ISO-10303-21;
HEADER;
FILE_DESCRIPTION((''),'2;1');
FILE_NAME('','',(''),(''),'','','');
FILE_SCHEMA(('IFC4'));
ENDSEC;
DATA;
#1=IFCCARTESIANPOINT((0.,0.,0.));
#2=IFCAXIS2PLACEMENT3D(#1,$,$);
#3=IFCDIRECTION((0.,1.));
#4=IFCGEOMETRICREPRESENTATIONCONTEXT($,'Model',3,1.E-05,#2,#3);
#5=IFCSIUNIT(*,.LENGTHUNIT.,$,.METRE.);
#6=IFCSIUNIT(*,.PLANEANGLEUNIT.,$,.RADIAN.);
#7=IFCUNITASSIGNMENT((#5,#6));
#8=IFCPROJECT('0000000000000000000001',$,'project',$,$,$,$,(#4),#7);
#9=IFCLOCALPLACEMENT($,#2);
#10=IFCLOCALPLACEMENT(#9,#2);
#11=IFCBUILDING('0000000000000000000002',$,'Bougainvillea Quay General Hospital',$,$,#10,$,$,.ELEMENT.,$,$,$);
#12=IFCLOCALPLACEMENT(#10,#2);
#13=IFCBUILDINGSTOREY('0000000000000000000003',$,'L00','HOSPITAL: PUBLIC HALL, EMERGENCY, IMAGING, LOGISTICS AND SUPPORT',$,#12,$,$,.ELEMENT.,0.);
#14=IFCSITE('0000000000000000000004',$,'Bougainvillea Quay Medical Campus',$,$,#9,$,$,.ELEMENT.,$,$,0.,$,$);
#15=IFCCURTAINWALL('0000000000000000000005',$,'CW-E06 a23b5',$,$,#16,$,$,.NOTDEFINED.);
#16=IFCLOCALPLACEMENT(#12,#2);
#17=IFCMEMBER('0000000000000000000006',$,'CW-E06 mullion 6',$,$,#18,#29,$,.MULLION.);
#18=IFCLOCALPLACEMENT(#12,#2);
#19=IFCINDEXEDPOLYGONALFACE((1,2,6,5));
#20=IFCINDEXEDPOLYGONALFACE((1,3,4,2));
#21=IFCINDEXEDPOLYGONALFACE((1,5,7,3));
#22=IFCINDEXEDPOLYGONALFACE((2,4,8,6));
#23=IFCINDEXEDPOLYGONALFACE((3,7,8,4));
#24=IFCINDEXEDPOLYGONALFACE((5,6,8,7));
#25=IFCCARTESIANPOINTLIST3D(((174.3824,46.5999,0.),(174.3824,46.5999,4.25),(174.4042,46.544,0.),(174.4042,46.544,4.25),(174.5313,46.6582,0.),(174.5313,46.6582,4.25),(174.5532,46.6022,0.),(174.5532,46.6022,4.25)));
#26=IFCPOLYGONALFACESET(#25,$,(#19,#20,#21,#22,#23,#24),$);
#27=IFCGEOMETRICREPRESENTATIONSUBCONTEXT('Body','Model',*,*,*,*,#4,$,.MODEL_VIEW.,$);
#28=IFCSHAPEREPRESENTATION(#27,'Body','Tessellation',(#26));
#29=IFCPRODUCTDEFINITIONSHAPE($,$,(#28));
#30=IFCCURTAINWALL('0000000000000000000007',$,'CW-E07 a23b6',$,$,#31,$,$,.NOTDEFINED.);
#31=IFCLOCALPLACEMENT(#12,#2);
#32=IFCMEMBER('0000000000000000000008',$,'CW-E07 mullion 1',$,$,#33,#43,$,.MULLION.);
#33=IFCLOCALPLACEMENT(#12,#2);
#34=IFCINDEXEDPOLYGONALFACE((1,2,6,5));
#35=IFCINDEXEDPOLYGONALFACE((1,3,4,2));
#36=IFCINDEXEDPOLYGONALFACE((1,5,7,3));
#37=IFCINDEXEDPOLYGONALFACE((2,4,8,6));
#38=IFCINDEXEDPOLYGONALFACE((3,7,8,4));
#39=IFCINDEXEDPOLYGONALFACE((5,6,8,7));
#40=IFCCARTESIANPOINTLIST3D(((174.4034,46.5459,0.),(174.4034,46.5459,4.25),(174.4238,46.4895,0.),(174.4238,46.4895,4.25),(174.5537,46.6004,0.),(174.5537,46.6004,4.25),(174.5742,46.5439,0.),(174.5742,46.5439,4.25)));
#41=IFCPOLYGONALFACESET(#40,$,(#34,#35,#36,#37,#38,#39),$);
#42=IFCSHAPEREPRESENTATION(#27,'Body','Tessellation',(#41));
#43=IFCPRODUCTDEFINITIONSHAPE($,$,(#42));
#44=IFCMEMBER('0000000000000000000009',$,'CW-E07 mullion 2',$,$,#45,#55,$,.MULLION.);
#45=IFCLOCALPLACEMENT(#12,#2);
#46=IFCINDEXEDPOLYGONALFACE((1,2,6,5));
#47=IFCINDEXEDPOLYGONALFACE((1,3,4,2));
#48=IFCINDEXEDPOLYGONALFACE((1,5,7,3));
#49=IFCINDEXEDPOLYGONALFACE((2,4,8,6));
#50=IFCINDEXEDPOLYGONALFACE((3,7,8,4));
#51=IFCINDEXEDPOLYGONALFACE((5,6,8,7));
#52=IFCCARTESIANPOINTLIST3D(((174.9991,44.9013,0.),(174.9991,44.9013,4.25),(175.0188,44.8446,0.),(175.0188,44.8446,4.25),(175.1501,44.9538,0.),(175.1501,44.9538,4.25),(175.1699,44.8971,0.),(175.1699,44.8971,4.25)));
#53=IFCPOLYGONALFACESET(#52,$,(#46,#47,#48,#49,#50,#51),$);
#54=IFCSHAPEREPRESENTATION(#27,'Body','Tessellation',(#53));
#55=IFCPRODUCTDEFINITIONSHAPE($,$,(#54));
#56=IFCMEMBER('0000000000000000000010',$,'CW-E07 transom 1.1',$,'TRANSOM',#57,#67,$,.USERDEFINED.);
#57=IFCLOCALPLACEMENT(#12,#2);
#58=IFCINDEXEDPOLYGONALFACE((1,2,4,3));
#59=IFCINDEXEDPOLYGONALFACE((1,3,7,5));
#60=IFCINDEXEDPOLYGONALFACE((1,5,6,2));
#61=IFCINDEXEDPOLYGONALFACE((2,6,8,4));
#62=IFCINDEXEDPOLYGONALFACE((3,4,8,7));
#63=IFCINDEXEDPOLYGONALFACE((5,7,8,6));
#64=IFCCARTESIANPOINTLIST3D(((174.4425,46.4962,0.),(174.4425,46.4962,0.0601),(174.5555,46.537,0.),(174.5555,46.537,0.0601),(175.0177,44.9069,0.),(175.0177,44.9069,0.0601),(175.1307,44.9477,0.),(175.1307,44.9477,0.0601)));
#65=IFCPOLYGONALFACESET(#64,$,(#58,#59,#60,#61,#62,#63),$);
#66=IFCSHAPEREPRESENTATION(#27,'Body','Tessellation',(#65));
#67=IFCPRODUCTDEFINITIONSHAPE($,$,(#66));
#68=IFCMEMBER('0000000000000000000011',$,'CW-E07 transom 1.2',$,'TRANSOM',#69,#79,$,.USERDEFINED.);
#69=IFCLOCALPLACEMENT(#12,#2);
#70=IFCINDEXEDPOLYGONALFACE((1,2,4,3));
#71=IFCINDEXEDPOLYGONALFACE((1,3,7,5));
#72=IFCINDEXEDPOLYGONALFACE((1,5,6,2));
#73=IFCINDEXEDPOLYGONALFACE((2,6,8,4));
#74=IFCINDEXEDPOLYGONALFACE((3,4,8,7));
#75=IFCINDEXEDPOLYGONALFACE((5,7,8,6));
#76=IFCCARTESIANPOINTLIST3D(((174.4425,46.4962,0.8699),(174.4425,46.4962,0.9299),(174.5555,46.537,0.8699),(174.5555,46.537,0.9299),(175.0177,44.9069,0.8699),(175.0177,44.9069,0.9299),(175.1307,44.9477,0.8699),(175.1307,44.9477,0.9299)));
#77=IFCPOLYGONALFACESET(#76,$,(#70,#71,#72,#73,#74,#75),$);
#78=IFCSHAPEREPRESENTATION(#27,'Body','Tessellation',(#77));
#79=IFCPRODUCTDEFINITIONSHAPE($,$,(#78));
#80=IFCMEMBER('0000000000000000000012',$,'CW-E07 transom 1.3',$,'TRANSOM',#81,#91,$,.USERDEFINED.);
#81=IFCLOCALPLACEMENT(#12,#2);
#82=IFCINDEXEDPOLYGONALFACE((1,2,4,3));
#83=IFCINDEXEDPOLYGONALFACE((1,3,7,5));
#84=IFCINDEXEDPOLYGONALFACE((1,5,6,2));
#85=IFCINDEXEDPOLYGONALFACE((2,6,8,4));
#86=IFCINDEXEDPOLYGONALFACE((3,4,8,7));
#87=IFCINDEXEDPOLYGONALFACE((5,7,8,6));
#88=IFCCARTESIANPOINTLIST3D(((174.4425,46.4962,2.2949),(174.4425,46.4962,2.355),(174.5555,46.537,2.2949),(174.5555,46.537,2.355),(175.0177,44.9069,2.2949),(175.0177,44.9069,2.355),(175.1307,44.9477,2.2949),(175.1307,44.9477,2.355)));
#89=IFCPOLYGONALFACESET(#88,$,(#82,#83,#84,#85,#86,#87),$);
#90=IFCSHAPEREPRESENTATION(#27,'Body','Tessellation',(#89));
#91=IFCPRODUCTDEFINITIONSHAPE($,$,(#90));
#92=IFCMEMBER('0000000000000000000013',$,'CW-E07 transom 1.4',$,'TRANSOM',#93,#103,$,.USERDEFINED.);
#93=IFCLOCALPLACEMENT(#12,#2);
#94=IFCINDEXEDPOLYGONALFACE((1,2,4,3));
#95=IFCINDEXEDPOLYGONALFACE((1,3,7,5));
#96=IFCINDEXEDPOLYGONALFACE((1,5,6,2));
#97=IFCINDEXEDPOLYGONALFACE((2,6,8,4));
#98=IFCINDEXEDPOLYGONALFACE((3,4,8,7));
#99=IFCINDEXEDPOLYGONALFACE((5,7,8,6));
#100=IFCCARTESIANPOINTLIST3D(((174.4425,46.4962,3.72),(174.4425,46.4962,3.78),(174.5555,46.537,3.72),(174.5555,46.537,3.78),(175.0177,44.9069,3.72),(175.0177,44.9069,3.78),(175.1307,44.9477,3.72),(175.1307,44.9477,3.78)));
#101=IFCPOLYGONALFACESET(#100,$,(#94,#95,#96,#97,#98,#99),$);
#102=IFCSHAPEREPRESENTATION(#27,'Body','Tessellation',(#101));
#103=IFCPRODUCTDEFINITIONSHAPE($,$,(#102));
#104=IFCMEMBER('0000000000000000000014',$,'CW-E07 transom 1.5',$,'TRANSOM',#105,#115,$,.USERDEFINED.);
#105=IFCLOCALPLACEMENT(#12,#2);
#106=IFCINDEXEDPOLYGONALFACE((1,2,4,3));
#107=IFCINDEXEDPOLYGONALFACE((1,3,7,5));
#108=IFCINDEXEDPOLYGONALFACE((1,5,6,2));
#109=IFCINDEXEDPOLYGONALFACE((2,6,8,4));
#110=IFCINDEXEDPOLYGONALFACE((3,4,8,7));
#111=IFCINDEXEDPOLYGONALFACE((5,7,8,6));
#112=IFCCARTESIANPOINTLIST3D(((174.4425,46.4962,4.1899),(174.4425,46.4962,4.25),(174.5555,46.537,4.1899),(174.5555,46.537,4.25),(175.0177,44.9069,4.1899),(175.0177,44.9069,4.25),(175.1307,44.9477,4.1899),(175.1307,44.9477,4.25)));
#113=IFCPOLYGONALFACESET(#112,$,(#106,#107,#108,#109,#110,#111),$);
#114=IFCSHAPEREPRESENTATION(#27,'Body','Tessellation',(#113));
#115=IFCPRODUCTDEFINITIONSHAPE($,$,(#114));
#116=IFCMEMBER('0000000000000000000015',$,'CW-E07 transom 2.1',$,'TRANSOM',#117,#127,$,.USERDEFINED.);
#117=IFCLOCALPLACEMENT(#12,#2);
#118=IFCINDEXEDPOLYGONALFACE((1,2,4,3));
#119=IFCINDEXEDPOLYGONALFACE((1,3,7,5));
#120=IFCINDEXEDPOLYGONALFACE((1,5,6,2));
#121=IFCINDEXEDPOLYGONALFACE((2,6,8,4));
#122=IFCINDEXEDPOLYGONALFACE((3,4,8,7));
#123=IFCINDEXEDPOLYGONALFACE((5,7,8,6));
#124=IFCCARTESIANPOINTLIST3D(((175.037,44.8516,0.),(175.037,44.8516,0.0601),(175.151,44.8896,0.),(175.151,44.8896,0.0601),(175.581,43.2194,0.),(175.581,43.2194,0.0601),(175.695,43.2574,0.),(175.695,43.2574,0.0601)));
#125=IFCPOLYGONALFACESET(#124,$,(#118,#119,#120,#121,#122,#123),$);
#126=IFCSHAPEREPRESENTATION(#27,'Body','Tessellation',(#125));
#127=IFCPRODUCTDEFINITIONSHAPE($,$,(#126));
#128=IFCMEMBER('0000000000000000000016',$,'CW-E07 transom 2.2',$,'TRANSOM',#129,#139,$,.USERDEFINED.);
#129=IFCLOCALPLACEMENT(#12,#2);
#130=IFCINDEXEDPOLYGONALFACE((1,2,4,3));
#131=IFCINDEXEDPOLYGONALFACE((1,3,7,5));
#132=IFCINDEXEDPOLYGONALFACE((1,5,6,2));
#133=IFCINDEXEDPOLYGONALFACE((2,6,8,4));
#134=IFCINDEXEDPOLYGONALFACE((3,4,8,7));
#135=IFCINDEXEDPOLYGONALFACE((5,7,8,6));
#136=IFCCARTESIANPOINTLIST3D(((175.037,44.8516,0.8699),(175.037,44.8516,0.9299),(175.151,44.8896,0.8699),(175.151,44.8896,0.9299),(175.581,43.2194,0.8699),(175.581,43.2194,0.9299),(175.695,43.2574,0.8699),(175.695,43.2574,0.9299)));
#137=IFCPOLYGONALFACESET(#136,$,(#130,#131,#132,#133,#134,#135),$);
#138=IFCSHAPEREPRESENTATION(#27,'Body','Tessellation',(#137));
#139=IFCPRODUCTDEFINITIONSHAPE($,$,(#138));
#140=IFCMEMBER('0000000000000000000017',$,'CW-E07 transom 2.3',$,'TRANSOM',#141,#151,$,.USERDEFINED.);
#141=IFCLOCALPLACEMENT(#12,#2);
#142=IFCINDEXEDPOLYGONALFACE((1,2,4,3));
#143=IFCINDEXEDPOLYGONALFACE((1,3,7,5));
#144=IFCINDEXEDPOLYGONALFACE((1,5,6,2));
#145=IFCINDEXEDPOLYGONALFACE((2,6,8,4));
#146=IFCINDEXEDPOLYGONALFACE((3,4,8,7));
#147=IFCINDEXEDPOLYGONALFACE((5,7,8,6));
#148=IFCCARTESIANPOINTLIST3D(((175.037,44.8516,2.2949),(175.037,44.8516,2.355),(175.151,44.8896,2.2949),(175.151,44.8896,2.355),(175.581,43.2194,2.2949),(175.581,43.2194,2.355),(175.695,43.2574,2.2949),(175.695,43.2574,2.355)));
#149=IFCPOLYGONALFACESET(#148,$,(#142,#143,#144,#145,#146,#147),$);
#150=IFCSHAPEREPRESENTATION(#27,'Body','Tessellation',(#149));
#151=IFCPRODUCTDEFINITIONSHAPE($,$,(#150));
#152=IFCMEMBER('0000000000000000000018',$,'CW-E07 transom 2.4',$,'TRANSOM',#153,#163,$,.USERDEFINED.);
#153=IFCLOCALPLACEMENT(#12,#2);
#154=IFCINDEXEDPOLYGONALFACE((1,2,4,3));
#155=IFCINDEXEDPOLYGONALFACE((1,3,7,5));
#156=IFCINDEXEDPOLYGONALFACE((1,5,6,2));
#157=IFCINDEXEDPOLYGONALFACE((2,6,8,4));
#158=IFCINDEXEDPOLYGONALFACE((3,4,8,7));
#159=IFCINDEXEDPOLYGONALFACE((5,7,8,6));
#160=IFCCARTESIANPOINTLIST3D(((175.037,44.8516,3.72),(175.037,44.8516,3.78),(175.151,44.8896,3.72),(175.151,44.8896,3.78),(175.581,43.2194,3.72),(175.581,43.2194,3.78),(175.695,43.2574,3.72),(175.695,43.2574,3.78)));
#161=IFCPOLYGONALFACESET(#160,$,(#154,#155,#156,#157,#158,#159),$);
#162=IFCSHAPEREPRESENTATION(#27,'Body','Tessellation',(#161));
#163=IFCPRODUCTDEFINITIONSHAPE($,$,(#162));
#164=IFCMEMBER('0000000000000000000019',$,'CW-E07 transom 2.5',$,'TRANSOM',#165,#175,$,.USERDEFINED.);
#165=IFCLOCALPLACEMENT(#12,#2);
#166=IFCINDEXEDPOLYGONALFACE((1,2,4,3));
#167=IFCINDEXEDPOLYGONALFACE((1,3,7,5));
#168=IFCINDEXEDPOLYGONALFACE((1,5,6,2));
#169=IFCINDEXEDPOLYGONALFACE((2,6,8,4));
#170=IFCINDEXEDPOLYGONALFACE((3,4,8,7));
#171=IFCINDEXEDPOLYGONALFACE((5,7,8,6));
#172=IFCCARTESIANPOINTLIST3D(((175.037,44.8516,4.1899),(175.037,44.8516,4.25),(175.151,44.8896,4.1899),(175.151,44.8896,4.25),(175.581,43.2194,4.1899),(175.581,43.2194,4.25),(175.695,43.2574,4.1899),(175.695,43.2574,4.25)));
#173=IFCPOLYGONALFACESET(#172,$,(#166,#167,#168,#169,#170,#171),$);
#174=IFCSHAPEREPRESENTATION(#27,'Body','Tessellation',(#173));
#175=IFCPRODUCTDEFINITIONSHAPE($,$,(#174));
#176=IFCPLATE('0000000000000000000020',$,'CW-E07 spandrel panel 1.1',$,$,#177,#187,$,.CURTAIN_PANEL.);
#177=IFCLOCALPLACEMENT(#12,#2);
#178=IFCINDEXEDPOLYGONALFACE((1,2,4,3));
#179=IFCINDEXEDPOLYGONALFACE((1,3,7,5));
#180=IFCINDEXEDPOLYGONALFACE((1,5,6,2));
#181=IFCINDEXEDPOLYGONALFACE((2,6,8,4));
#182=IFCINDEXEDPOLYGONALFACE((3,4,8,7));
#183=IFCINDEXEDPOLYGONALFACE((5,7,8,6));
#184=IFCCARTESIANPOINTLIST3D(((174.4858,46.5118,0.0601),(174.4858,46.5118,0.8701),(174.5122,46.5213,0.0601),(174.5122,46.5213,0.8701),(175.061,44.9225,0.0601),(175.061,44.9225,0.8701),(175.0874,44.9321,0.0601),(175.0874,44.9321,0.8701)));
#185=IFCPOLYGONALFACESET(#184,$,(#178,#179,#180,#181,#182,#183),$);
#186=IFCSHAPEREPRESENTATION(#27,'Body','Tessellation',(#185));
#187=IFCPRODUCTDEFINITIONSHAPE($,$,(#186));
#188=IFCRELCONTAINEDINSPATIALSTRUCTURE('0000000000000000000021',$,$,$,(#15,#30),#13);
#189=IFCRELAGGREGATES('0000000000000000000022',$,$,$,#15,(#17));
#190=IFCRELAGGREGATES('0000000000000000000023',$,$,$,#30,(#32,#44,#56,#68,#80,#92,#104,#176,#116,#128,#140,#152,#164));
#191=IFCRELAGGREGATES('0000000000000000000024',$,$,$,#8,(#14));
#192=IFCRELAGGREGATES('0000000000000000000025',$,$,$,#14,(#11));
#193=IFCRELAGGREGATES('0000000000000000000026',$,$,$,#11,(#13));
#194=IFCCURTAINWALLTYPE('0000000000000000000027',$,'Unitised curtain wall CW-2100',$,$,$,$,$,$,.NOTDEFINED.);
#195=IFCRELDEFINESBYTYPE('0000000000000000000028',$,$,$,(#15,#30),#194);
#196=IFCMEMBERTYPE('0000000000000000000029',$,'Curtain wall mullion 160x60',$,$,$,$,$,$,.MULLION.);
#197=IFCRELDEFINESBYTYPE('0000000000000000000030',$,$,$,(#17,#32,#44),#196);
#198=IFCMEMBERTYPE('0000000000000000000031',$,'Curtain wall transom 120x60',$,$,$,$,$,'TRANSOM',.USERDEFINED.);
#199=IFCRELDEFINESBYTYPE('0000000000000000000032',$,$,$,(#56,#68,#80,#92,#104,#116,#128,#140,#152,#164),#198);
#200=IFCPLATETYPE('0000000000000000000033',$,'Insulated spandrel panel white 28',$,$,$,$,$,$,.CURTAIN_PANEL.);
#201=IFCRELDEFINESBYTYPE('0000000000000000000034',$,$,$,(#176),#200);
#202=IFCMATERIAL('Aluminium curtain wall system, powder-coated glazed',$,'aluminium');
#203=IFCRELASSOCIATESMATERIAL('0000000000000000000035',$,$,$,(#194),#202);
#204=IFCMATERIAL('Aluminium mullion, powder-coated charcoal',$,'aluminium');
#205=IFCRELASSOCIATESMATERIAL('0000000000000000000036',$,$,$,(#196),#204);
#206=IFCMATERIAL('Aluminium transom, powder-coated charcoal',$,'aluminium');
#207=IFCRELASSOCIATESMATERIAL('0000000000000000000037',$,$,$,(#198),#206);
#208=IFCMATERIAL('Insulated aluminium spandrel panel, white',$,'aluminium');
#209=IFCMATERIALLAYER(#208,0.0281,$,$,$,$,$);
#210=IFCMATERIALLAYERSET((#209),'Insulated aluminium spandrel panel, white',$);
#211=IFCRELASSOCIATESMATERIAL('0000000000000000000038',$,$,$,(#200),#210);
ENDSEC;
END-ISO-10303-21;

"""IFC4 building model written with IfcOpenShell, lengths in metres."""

from ifc_helpers import new_model, si_unit, direction, frame, origin, origin_2d, place, context, subcontext, project, spatial, rectangle, extrude, material, layer, layer_set, material_profile, profile_set, type_object, element, aggregate, save


model = new_model("IFC4")

# Units and contexts
model_context = context("Model", 3, precision=1e-05, world=origin(), true_north=direction((0.0, 1.0)))
body_context = subcontext(model_context, "Body", "Model", "MODEL_VIEW")
ifc_project = project(units=[si_unit("LENGTHUNIT", "METRE"), si_unit("PLANEANGLEUNIT", "RADIAN")], contexts=[model_context])

# Site, building, storey
site_placement = place(None, origin())
site = spatial("IfcSite", under=ifc_project, at=site_placement, Name="Bougainvillea Quay Medical Campus", CompositionType="ELEMENT", RefElevation=0.0)
building_placement = place(site_placement, origin())
building = spatial("IfcBuilding", under=site, at=building_placement, Name="Bougainvillea Quay General Hospital", CompositionType="ELEMENT")
storey_placement = place(building_placement, origin())
storey = spatial("IfcBuildingStorey", under=building, at=storey_placement, Name="L00", Description="HOSPITAL: PUBLIC HALL, EMERGENCY, IMAGING, LOGISTICS AND SUPPORT", CompositionType="ELEMENT", Elevation=0.0)

# Curtain wall, member
ifc_material_1 = material(Name="Aluminium curtain wall system, powder-coated glazed", Category="aluminium")
curtain_wall_type = type_object("IfcCurtainWallType", Name="Unitised curtain wall CW-2100", PredefinedType="NOTDEFINED", material=ifc_material_1)
curtain_wall_1_placement = place(storey_placement, origin())
curtain_wall_1 = element("IfcCurtainWall", 1, at=curtain_wall_1_placement, inside=storey, type_object=curtain_wall_type, Name="CW-E06 a23b5", PredefinedType="NOTDEFINED")
ifc_material_2 = material(Name="Aluminium mullion, powder-coated charcoal", Category="aluminium")
ifc_material_profile_1 = material_profile(ifc_material_2, rectangle(XDim=0.1599, YDim=0.0601, at=origin_2d()))
ifc_profile_set_1 = profile_set([ifc_material_profile_1], Name="Aluminium mullion, powder-coated charcoal")
member_type_1 = type_object("IfcMemberType", Name="Curtain wall mullion 160x60", PredefinedType="MULLION", material=ifc_profile_set_1)
member_1_placement = place(storey_placement, frame((174.4678, 46.6011, 0.0), z_axis=(0.0, 0.0, 1.0), x_axis=(0.931315, 0.364214, 0.0)))
member_1 = element("IfcMember", 2, at=member_1_placement, type_object=member_type_1, Name="CW-E06 mullion 6", PredefinedType="MULLION", context=body_context, shape_type="SweptSolid", body=[
    extrude(rectangle(XDim=0.1599, YDim=0.0601, at=origin_2d()), origin(), (0.0, 0.0, 1.0), 4.25),
])
aggregate(curtain_wall_1, [member_1])

# Curtain wall, members, plate
curtain_wall_2_placement = place(storey_placement, origin())
curtain_wall_2 = element("IfcCurtainWall", 3, at=curtain_wall_2_placement, inside=storey, type_object=curtain_wall_type, Name="CW-E07 a23b6", PredefinedType="NOTDEFINED")
member_2_placement = place(storey_placement, frame((174.4888, 46.5449, 0.0), z_axis=(0.0, 0.0, 1.0), x_axis=(0.940307, 0.340327, 0.0)))
member_2 = element("IfcMember", 4, at=member_2_placement, type_object=member_type_1, Name="CW-E07 mullion 1", PredefinedType="MULLION", context=body_context, shape_type="SweptSolid", body=[
    extrude(rectangle(XDim=0.1599, YDim=0.0601, at=origin_2d()), origin(), (0.0, 0.0, 1.0), 4.25),
])
member_3_placement = place(storey_placement, frame((175.0845, 44.8992, 0.0), z_axis=(0.0, 0.0, 1.0), x_axis=(0.944574, 0.3283, 0.0)))
member_3 = element("IfcMember", 5, at=member_3_placement, type_object=member_type_1, Name="CW-E07 mullion 2", PredefinedType="MULLION", context=body_context, shape_type="SweptSolid", body=[
    extrude(rectangle(XDim=0.1599, YDim=0.0601, at=origin_2d()), origin(), (0.0, 0.0, 1.0), 4.25),
])
ifc_material_3 = material(Name="Aluminium transom, powder-coated charcoal", Category="aluminium")
ifc_material_profile_2 = material_profile(ifc_material_3, rectangle(XDim=0.1201, YDim=0.0601, at=origin_2d()))
ifc_profile_set_2 = profile_set([ifc_material_profile_2], Name="Aluminium transom, powder-coated charcoal")
member_type_2 = type_object("IfcMemberType", Name="Curtain wall transom 120x60", ElementType="TRANSOM", PredefinedType="USERDEFINED", material=ifc_profile_set_2)
member_4_placement = place(storey_placement, frame((174.499, 46.5166, 0.03), z_axis=(0.340305, -0.940315, 0.0), x_axis=(0.940315, 0.340305, 0.0)))
member_4 = element("IfcMember", 6, at=member_4_placement, type_object=member_type_2, Name="CW-E07 transom 1.1", ObjectType="TRANSOM", PredefinedType="USERDEFINED", context=body_context, shape_type="SweptSolid", body=[
    extrude(rectangle(XDim=0.1201, YDim=0.0601, at=origin_2d()), origin(), (0.0, 0.0, 1.0), 1.6902),
])
member_5_placement = place(storey_placement, frame((174.499, 46.5166, 0.8999), z_axis=(0.340305, -0.940315, 0.0), x_axis=(0.940315, 0.340305, 0.0)))
member_5 = element("IfcMember", 7, at=member_5_placement, type_object=member_type_2, Name="CW-E07 transom 1.2", ObjectType="TRANSOM", PredefinedType="USERDEFINED", context=body_context, shape_type="SweptSolid", body=[
    extrude(rectangle(XDim=0.1201, YDim=0.0601, at=origin_2d()), origin(), (0.0, 0.0, 1.0), 1.6902),
])
member_6_placement = place(storey_placement, frame((174.499, 46.5166, 2.325), z_axis=(0.340305, -0.940315, 0.0), x_axis=(0.940315, 0.340305, 0.0)))
member_6 = element("IfcMember", 8, at=member_6_placement, type_object=member_type_2, Name="CW-E07 transom 1.3", ObjectType="TRANSOM", PredefinedType="USERDEFINED", context=body_context, shape_type="SweptSolid", body=[
    extrude(rectangle(XDim=0.1201, YDim=0.0601, at=origin_2d()), origin(), (0.0, 0.0, 1.0), 1.6902),
])
member_7_placement = place(storey_placement, frame((174.499, 46.5166, 3.75), z_axis=(0.340305, -0.940315, 0.0), x_axis=(0.940315, 0.340305, 0.0)))
member_7 = element("IfcMember", 9, at=member_7_placement, type_object=member_type_2, Name="CW-E07 transom 1.4", ObjectType="TRANSOM", PredefinedType="USERDEFINED", context=body_context, shape_type="SweptSolid", body=[
    extrude(rectangle(XDim=0.1201, YDim=0.0601, at=origin_2d()), origin(), (0.0, 0.0, 1.0), 1.6902),
])
member_8_placement = place(storey_placement, frame((174.499, 46.5166, 4.22), z_axis=(0.340305, -0.940315, 0.0), x_axis=(0.940315, 0.340305, 0.0)))
member_8 = element("IfcMember", 10, at=member_8_placement, type_object=member_type_2, Name="CW-E07 transom 1.5", ObjectType="TRANSOM", PredefinedType="USERDEFINED", context=body_context, shape_type="SweptSolid", body=[
    extrude(rectangle(XDim=0.1201, YDim=0.0601, at=origin_2d()), origin(), (0.0, 0.0, 1.0), 1.6902),
])
member_9_placement = place(storey_placement, frame((175.094, 44.8706, 0.03), z_axis=(0.316185, -0.948697, 0.0), x_axis=(0.948697, 0.316185, 0.0)))
member_9 = element("IfcMember", 11, at=member_9_placement, type_object=member_type_2, Name="CW-E07 transom 2.1", ObjectType="TRANSOM", PredefinedType="USERDEFINED", context=body_context, shape_type="SweptSolid", body=[
    extrude(rectangle(XDim=0.1201, YDim=0.0601, at=origin_2d()), origin(), (0.0, 0.0, 1.0), 1.7205),
])
member_10_placement = place(storey_placement, frame((175.094, 44.8706, 0.8999), z_axis=(0.316185, -0.948697, 0.0), x_axis=(0.948697, 0.316185, 0.0)))
member_10 = element("IfcMember", 12, at=member_10_placement, type_object=member_type_2, Name="CW-E07 transom 2.2", ObjectType="TRANSOM", PredefinedType="USERDEFINED", context=body_context, shape_type="SweptSolid", body=[
    extrude(rectangle(XDim=0.1201, YDim=0.0601, at=origin_2d()), origin(), (0.0, 0.0, 1.0), 1.7205),
])
member_11_placement = place(storey_placement, frame((175.094, 44.8706, 2.325), z_axis=(0.316185, -0.948697, 0.0), x_axis=(0.948697, 0.316185, 0.0)))
member_11 = element("IfcMember", 13, at=member_11_placement, type_object=member_type_2, Name="CW-E07 transom 2.3", ObjectType="TRANSOM", PredefinedType="USERDEFINED", context=body_context, shape_type="SweptSolid", body=[
    extrude(rectangle(XDim=0.1201, YDim=0.0601, at=origin_2d()), origin(), (0.0, 0.0, 1.0), 1.7205),
])
member_12_placement = place(storey_placement, frame((175.094, 44.8706, 3.75), z_axis=(0.316185, -0.948697, 0.0), x_axis=(0.948697, 0.316185, 0.0)))
member_12 = element("IfcMember", 14, at=member_12_placement, type_object=member_type_2, Name="CW-E07 transom 2.4", ObjectType="TRANSOM", PredefinedType="USERDEFINED", context=body_context, shape_type="SweptSolid", body=[
    extrude(rectangle(XDim=0.1201, YDim=0.0601, at=origin_2d()), origin(), (0.0, 0.0, 1.0), 1.7205),
])
member_13_placement = place(storey_placement, frame((175.094, 44.8706, 4.22), z_axis=(0.316185, -0.948697, 0.0), x_axis=(0.948697, 0.316185, 0.0)))
member_13 = element("IfcMember", 15, at=member_13_placement, type_object=member_type_2, Name="CW-E07 transom 2.5", ObjectType="TRANSOM", PredefinedType="USERDEFINED", context=body_context, shape_type="SweptSolid", body=[
    extrude(rectangle(XDim=0.1201, YDim=0.0601, at=origin_2d()), origin(), (0.0, 0.0, 1.0), 1.7205),
])
ifc_material_4 = material(Name="Insulated aluminium spandrel panel, white", Category="aluminium")
ifc_layer_1 = layer(ifc_material_4, 0.0281)
ifc_layer_set_1 = layer_set([ifc_layer_1], Name="Insulated aluminium spandrel panel, white")
plate_type_1 = type_object("IfcPlateType", Name="Insulated spandrel panel white 28", PredefinedType="CURTAIN_PANEL", material=ifc_layer_set_1)
plate_1_placement = place(storey_placement, frame((174.7866, 45.7219, 0.0601), z_axis=(0.0, 0.0, 1.0), x_axis=(0.340327, -0.940307, 0.0)))
plate_1 = element("IfcPlate", 16, at=plate_1_placement, type_object=plate_type_1, Name="CW-E07 spandrel panel 1.1", PredefinedType="CURTAIN_PANEL", context=body_context, shape_type="SweptSolid", body=[
    extrude(rectangle(XDim=1.6902, YDim=0.0281, at=origin_2d()), origin(), (0.0, 0.0, 1.0), 0.8101),
])
aggregate(curtain_wall_2, [member_2, member_3, member_4, member_5, member_6, member_7, member_8, plate_1, member_9, member_10, member_11, member_12, member_13])

save(model, "model.ifc")
